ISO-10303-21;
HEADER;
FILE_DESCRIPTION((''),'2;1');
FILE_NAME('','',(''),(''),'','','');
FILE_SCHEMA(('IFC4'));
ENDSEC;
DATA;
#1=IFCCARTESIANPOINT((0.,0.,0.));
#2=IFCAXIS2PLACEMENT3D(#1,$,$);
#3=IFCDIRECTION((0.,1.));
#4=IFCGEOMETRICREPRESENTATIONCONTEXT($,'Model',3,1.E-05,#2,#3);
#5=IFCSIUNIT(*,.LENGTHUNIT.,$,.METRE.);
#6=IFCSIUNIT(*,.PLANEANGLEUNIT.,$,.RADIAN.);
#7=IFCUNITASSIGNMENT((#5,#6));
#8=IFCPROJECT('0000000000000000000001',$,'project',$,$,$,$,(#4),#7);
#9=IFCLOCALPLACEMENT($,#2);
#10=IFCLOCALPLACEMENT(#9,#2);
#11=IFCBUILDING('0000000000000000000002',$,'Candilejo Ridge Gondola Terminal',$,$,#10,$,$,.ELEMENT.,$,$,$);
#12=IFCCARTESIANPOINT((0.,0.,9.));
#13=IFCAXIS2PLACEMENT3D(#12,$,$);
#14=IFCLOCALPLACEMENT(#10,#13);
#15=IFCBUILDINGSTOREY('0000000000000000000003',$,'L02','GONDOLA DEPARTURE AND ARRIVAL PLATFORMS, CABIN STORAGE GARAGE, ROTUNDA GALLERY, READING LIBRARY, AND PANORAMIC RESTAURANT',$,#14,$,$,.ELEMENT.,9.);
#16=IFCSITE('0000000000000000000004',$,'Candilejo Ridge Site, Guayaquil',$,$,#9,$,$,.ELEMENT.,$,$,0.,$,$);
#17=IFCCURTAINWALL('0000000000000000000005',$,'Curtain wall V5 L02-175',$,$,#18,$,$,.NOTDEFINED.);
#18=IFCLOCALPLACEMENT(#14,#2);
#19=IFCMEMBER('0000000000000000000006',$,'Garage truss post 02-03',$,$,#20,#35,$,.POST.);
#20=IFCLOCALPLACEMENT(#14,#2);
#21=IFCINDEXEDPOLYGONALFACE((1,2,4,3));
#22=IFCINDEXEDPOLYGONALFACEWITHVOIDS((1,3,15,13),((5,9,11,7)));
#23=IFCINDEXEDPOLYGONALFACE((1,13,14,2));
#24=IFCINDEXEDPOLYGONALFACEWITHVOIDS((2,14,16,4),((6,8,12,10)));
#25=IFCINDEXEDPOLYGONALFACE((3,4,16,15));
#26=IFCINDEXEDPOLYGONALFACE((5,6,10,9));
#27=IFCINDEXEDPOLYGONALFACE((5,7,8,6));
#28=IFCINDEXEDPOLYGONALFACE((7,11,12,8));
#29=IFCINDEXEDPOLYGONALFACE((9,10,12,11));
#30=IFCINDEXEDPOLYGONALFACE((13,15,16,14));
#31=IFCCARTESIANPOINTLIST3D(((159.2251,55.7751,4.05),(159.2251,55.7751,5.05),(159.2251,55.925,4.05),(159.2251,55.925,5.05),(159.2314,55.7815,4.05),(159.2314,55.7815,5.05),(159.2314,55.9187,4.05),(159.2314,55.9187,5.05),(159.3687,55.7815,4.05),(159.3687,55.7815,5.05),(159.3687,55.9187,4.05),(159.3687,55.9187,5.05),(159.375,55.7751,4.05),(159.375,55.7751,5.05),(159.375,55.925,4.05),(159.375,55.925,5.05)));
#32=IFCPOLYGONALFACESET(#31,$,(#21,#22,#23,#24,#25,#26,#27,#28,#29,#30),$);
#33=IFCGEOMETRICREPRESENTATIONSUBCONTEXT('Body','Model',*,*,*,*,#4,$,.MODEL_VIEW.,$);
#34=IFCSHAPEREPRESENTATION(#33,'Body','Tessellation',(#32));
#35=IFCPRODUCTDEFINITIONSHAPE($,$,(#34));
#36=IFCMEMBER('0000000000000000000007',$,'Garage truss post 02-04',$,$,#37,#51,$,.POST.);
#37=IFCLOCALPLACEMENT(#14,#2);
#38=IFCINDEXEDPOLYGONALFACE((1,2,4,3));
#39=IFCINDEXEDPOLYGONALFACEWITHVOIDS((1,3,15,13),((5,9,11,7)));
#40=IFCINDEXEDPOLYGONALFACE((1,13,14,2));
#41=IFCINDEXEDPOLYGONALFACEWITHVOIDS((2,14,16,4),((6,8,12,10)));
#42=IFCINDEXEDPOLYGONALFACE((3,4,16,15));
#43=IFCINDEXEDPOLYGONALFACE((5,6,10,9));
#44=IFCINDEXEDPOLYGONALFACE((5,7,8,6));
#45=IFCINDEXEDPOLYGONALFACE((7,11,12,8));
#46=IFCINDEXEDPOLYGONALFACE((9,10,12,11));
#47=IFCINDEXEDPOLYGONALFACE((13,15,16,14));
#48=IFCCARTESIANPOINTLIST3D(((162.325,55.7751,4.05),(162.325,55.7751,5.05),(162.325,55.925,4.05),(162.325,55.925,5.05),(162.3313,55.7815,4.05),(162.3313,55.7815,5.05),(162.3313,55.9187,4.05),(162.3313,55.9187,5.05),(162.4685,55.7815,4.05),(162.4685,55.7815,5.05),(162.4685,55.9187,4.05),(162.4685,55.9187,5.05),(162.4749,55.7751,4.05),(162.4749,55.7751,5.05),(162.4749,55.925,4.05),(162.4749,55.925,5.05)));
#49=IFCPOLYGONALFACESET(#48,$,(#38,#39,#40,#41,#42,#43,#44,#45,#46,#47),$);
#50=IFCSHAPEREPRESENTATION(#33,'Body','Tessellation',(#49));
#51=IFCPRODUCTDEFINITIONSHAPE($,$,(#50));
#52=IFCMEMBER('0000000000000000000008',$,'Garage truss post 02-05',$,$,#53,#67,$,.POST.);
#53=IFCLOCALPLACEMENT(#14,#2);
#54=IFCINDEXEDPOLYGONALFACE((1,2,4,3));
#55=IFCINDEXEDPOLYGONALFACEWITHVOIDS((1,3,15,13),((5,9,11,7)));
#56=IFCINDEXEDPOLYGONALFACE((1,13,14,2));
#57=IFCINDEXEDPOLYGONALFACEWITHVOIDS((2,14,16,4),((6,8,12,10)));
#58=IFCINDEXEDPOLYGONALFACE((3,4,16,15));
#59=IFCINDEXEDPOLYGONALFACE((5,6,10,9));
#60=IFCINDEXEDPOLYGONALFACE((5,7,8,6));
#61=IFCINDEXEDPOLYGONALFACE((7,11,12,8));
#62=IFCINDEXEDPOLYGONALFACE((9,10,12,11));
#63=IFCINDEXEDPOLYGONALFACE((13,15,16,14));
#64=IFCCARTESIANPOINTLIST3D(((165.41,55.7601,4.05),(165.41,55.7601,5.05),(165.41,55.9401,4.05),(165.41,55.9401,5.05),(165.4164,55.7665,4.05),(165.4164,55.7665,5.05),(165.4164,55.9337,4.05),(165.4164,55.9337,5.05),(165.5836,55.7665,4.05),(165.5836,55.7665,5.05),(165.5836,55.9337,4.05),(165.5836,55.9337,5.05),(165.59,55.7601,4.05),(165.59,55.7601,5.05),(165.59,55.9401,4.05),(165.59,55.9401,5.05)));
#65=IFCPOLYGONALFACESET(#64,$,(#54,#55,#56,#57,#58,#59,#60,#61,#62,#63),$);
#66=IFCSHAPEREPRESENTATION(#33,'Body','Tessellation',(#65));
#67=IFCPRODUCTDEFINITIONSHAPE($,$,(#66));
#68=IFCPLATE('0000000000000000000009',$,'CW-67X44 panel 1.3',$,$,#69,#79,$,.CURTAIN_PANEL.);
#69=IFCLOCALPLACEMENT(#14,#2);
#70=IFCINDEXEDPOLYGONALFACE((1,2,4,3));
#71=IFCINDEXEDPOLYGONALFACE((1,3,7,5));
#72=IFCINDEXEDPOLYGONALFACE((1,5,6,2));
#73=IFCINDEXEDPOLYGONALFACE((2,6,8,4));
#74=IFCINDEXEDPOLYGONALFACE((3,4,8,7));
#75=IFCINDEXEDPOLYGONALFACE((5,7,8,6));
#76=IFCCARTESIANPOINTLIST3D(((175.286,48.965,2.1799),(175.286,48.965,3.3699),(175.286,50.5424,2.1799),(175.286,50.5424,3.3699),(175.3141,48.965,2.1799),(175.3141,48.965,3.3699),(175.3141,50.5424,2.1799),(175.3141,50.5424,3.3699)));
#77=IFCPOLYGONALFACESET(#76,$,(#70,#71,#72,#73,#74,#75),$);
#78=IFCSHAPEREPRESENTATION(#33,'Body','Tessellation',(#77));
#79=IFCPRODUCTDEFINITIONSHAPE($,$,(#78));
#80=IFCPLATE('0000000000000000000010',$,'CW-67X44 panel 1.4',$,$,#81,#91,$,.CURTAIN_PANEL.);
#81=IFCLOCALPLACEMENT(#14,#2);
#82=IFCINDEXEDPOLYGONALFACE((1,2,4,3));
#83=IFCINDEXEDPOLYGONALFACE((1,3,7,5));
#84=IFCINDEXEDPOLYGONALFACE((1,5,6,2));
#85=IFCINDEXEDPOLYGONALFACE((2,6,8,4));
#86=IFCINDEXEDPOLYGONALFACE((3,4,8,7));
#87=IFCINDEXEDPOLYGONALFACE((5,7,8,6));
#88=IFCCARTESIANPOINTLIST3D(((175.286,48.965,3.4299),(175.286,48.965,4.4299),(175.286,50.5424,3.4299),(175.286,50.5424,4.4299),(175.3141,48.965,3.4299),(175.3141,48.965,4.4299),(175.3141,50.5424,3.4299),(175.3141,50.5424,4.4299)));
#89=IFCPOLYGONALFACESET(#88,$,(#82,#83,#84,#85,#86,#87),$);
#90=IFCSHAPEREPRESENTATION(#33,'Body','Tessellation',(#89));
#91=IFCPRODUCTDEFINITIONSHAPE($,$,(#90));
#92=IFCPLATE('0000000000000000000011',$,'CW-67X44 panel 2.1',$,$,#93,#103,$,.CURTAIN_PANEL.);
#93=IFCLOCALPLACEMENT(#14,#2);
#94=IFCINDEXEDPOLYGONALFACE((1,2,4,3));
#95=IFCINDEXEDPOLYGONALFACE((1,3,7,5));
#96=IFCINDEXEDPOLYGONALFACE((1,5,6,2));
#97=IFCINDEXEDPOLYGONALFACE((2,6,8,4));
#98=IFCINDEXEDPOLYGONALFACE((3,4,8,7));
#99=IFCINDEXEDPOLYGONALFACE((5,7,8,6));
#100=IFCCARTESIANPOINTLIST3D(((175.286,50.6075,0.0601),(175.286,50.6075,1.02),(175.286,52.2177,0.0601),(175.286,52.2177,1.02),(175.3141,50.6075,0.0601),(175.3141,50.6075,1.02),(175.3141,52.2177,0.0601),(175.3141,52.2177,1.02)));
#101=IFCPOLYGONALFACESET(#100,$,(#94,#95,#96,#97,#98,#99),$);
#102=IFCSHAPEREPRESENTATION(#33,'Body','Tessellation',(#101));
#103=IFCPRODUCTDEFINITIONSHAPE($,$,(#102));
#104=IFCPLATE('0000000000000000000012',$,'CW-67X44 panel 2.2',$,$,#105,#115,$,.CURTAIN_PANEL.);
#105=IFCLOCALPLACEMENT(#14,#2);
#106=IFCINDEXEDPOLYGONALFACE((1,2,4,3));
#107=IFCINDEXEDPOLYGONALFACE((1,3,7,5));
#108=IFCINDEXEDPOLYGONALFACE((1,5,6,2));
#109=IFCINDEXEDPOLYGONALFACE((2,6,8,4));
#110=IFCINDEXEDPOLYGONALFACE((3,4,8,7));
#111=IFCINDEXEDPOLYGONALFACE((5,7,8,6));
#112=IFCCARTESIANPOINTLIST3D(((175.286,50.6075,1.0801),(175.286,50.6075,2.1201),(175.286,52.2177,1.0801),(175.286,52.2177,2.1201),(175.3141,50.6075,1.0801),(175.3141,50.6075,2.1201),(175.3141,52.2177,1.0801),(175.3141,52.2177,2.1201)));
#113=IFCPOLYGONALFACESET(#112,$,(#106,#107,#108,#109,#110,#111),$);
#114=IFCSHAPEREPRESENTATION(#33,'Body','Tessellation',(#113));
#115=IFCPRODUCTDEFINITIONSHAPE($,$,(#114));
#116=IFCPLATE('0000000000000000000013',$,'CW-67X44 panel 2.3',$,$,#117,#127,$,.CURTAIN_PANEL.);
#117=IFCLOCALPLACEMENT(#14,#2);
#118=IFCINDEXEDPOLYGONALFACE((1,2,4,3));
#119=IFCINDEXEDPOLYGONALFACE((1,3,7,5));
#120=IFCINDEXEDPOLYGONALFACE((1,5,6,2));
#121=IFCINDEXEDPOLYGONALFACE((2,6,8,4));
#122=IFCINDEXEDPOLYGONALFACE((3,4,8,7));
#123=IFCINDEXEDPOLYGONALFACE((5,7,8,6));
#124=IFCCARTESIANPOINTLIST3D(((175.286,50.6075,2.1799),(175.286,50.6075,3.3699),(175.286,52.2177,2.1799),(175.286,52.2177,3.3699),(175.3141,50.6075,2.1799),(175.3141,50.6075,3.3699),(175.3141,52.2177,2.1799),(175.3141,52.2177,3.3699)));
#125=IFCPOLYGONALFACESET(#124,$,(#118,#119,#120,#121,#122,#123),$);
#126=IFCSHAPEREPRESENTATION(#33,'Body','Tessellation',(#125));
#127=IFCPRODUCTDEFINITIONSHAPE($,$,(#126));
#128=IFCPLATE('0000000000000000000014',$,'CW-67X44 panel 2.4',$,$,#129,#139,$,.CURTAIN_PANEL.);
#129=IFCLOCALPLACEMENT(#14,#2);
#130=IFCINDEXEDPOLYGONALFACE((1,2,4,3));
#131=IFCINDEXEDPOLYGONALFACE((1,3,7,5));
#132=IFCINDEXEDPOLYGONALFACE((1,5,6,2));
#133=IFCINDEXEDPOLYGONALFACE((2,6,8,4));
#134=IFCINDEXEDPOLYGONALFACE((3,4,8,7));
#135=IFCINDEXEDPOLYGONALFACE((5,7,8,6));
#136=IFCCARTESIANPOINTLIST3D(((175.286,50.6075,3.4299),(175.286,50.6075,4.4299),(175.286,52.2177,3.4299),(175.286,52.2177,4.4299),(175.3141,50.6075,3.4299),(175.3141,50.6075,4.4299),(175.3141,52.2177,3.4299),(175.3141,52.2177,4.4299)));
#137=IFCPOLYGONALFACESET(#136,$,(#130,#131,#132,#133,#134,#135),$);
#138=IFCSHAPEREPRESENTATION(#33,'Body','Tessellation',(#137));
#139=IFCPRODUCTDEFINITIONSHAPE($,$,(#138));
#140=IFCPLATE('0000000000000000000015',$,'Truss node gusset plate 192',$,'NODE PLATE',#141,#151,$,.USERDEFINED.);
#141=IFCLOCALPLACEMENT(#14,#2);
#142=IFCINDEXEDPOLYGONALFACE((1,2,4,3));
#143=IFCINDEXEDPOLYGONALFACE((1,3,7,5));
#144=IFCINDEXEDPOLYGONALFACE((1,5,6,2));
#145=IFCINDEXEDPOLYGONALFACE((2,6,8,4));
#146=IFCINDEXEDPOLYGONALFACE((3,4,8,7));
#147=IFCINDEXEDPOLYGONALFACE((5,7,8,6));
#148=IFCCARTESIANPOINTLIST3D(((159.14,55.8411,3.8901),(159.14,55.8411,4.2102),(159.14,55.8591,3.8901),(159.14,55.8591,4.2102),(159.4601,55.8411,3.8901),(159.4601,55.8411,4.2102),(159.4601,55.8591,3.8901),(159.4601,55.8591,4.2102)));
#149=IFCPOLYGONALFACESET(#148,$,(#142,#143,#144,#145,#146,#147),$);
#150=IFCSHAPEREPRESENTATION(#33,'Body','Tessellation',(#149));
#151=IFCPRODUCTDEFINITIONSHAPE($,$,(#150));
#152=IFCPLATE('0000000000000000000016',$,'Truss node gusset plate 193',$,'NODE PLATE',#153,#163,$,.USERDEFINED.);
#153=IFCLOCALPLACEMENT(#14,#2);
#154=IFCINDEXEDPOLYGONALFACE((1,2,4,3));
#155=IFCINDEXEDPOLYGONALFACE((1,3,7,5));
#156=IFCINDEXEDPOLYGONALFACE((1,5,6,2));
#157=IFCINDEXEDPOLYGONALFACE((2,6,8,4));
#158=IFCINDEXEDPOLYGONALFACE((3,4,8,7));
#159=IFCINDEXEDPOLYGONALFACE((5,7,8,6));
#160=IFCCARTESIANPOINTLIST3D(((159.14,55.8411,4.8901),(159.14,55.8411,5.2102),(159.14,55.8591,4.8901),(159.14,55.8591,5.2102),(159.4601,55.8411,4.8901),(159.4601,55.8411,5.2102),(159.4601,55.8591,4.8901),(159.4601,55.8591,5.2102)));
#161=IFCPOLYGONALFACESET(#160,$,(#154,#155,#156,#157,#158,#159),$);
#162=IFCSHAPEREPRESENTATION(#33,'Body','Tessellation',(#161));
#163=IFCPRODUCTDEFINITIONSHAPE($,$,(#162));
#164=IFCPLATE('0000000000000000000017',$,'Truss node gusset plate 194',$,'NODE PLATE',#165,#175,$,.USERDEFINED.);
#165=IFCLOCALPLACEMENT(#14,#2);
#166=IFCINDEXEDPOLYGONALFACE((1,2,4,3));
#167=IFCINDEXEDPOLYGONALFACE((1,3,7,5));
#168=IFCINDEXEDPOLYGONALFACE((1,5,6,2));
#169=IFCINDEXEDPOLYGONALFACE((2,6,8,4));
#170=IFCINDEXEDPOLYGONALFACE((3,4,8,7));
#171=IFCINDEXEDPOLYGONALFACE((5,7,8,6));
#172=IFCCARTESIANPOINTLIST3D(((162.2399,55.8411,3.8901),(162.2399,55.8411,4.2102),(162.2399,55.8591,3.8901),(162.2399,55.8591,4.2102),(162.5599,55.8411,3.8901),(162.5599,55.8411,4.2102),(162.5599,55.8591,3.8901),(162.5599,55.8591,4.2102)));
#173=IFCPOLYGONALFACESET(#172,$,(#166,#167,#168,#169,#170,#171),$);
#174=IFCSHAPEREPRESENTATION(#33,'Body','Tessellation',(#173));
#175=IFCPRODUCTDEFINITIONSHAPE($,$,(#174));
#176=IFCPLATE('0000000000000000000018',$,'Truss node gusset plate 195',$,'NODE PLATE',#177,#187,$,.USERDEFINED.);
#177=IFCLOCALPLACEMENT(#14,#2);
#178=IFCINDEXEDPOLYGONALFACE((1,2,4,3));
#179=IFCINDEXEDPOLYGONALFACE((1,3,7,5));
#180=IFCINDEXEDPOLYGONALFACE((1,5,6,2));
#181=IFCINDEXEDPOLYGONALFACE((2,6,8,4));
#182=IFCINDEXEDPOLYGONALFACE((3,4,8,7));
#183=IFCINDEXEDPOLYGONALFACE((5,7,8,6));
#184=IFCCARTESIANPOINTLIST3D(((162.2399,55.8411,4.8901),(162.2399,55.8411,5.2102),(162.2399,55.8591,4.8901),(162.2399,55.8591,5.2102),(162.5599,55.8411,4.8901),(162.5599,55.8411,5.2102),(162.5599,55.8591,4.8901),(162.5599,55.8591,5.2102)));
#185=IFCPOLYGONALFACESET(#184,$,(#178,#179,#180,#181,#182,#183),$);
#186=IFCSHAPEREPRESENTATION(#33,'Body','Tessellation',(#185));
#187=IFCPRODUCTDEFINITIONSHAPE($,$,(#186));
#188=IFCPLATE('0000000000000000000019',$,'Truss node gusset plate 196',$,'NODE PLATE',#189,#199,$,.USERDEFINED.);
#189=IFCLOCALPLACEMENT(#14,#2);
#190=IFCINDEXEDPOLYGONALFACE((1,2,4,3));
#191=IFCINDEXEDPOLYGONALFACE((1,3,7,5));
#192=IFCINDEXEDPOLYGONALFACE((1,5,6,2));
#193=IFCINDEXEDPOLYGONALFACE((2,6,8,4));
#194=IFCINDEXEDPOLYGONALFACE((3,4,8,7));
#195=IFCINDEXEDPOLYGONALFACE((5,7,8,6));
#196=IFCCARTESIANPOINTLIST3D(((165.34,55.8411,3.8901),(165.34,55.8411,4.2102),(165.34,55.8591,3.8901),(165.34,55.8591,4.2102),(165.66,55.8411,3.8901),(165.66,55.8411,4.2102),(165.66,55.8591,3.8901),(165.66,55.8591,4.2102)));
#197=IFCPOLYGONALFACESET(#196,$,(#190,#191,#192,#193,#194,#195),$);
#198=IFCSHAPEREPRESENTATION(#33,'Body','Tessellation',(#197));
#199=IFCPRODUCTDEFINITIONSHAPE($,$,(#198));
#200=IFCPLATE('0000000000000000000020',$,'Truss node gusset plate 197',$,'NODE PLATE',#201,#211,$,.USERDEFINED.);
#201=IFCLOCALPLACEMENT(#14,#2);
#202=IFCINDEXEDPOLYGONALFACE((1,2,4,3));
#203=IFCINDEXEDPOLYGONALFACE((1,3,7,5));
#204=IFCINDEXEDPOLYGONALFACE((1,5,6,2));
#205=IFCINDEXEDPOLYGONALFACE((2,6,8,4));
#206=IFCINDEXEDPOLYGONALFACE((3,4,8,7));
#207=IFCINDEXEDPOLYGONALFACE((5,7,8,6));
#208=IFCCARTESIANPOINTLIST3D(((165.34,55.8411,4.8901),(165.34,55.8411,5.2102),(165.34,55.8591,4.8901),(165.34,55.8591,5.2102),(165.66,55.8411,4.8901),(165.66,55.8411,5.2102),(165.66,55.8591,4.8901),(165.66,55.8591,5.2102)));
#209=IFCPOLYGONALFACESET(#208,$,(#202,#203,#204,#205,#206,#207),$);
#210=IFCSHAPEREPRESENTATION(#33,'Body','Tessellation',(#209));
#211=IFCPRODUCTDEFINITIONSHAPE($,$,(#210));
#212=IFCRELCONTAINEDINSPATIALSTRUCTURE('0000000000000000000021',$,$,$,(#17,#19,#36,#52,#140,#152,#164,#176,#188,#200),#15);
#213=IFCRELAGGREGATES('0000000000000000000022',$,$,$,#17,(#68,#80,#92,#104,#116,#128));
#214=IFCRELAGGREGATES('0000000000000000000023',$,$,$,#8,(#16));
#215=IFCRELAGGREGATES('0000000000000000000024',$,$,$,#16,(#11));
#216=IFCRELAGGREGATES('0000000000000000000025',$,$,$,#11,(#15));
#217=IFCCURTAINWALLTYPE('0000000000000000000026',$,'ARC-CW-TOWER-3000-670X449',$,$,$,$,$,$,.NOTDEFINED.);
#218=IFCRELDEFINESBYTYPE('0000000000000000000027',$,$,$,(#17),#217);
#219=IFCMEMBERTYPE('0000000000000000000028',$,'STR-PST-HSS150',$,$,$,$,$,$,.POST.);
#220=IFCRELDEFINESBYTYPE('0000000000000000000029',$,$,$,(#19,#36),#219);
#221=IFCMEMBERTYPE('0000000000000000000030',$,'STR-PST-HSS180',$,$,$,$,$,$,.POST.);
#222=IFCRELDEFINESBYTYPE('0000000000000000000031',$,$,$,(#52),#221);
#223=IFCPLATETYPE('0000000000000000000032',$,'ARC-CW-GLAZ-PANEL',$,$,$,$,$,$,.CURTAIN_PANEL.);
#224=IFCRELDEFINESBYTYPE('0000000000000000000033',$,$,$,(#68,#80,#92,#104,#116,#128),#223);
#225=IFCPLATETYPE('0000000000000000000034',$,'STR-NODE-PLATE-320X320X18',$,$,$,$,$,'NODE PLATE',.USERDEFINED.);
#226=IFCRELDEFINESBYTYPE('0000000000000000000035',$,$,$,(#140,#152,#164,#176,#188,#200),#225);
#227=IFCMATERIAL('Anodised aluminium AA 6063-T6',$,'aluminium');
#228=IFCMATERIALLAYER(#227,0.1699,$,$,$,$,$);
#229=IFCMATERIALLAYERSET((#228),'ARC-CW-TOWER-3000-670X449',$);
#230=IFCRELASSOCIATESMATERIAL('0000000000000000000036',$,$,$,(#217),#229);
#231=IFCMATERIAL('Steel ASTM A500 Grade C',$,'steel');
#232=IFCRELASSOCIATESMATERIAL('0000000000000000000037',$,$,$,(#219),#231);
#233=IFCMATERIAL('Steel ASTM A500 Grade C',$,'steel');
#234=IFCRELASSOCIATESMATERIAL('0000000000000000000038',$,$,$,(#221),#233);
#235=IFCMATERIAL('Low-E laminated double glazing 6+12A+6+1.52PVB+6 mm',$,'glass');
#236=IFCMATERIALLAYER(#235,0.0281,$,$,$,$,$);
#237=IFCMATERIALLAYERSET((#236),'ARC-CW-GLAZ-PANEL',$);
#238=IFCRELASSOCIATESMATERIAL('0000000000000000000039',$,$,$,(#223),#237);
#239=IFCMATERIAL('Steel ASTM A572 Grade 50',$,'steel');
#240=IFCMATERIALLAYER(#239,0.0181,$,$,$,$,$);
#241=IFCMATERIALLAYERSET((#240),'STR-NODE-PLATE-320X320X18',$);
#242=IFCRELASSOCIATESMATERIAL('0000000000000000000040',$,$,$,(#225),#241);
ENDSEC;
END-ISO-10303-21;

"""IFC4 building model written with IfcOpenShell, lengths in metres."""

from ifc_helpers import new_model, si_unit, direction, frame, origin, origin_2d, place, context, subcontext, project, spatial, rectangle, hollow_rectangle, extrude, material, layer, layer_set, material_profile, profile_set, type_object, element, aggregate, save


model = new_model("IFC4")

# Units and contexts
model_context = context("Model", 3, precision=1e-05, world=origin(), true_north=direction((0.0, 1.0)))
body_context = subcontext(model_context, "Body", "Model", "MODEL_VIEW")
ifc_project = project(units=[si_unit("LENGTHUNIT", "METRE"), si_unit("PLANEANGLEUNIT", "RADIAN")], contexts=[model_context])

# Site, building, storey
site_placement = place(None, origin())
site = spatial("IfcSite", under=ifc_project, at=site_placement, Name="Candilejo Ridge Site, Guayaquil", CompositionType="ELEMENT", RefElevation=0.0)
building_placement = place(site_placement, origin())
building = spatial("IfcBuilding", under=site, at=building_placement, Name="Candilejo Ridge Gondola Terminal", CompositionType="ELEMENT")
storey_placement = place(building_placement, frame((0.0, 0.0, 9.0)))
storey = spatial("IfcBuildingStorey", under=building, at=storey_placement, Name="L02", Description="GONDOLA DEPARTURE AND ARRIVAL PLATFORMS, CABIN STORAGE GARAGE, ROTUNDA GALLERY, READING LIBRARY, AND PANORAMIC RESTAURANT", CompositionType="ELEMENT", Elevation=9.0)

# Curtain wall
ifc_material_1 = material(Name="Anodised aluminium AA 6063-T6", Category="aluminium")
ifc_layer_1 = layer(ifc_material_1, 0.1699)
ifc_layer_set_1 = layer_set([ifc_layer_1], Name="ARC-CW-TOWER-3000-670X449")
curtain_wall_type = type_object("IfcCurtainWallType", Name="ARC-CW-TOWER-3000-670X449", PredefinedType="NOTDEFINED", material=ifc_layer_set_1)
curtain_wall_placement = place(storey_placement, origin())
curtain_wall = element("IfcCurtainWall", 1, at=curtain_wall_placement, inside=storey, type_object=curtain_wall_type, Name="Curtain wall V5 L02-175", PredefinedType="NOTDEFINED")

# Members
ifc_material_2 = material(Name="Steel ASTM A500 Grade C", Category="steel")
ifc_material_profile_1 = material_profile(ifc_material_2, hollow_rectangle(XDim=0.1499, YDim=0.1499, WallThickness=0.0063, at=origin_2d()))
ifc_profile_set_1 = profile_set([ifc_material_profile_1], Name="Steel ASTM A500 Grade C")
member_type_1 = type_object("IfcMemberType", Name="STR-PST-HSS150", PredefinedType="POST", material=ifc_profile_set_1)
for number, where, z_axis, x_axis, name in (
    (2, (159.3, 55.8501, 4.05), (0.0, 0.0, 1.0), (1.0, 0.0, 0.0), "Garage truss post 02-03"),
    (3, (162.3999, 55.8501, 4.05), (0.0, 0.0, 1.0), (1.0, 0.0, 0.0), "Garage truss post 02-04"),
):
    element("IfcMember", number, at=place(storey_placement, frame(where, z_axis=z_axis, x_axis=x_axis)), inside=storey, type_object=member_type_1, Name=name, PredefinedType="POST", context=body_context, shape_type="SweptSolid", body=[
        extrude(hollow_rectangle(XDim=0.1499, YDim=0.1499, WallThickness=0.0063, at=origin_2d()), origin(), (0.0, 0.0, 1.0), 1.0),
    ])
ifc_material_3 = material(Name="Steel ASTM A500 Grade C", Category="steel")
ifc_material_profile_2 = material_profile(ifc_material_3, hollow_rectangle(XDim=0.1799, YDim=0.1799, WallThickness=0.0063, at=origin_2d()))
ifc_profile_set_2 = profile_set([ifc_material_profile_2], Name="Steel ASTM A500 Grade C")
member_type_2 = type_object("IfcMemberType", Name="STR-PST-HSS180", PredefinedType="POST", material=ifc_profile_set_2)
member_1_placement = place(storey_placement, frame((165.5, 55.8501, 4.05), z_axis=(0.0, 0.0, 1.0), x_axis=(1.0, 0.0, 0.0)))
element("IfcMember", 4, at=member_1_placement, inside=storey, type_object=member_type_2, Name="Garage truss post 02-05", PredefinedType="POST", context=body_context, shape_type="SweptSolid", body=[
    extrude(hollow_rectangle(XDim=0.1799, YDim=0.1799, WallThickness=0.0063, at=origin_2d()), origin(), (0.0, 0.0, 1.0), 1.0),
])

# Plates
ifc_material_4 = material(Name="Low-E laminated double glazing 6+12A+6+1.52PVB+6 mm", Category="glass")
ifc_layer_2 = layer(ifc_material_4, 0.0281)
ifc_layer_set_2 = layer_set([ifc_layer_2], Name="ARC-CW-GLAZ-PANEL")
plate_type_1 = type_object("IfcPlateType", Name="ARC-CW-GLAZ-PANEL", PredefinedType="CURTAIN_PANEL", material=ifc_layer_set_2)
plate_1_placement = place(storey_placement, frame((175.3, 49.7537, 2.1799), z_axis=(0.0, 0.0, 1.0), x_axis=(0.0, 1.0, 0.0)))
plate_1 = element("IfcPlate", 5, at=plate_1_placement, type_object=plate_type_1, Name="CW-67X44 panel 1.3", PredefinedType="CURTAIN_PANEL", context=body_context, shape_type="SweptSolid", body=[
    extrude(rectangle(XDim=1.5774, YDim=0.0281, at=origin_2d()), origin(), (0.0, 0.0, 1.0), 1.1899),
])
plate_2_placement = place(storey_placement, frame((175.3, 49.7537, 3.4299), z_axis=(0.0, 0.0, 1.0), x_axis=(0.0, 1.0, 0.0)))
plate_2 = element("IfcPlate", 6, at=plate_2_placement, type_object=plate_type_1, Name="CW-67X44 panel 1.4", PredefinedType="CURTAIN_PANEL", context=body_context, shape_type="SweptSolid", body=[
    extrude(rectangle(XDim=1.5774, YDim=0.0281, at=origin_2d()), origin(), (0.0, 0.0, 1.0), 1.0),
])
plate_3_placement = place(storey_placement, frame((175.3, 51.4126, 0.0601), z_axis=(0.0, 0.0, 1.0), x_axis=(0.0, 1.0, 0.0)))
plate_3 = element("IfcPlate", 7, at=plate_3_placement, type_object=plate_type_1, Name="CW-67X44 panel 2.1", PredefinedType="CURTAIN_PANEL", context=body_context, shape_type="SweptSolid", body=[
    extrude(rectangle(XDim=1.6101, YDim=0.0281, at=origin_2d()), origin(), (0.0, 0.0, 1.0), 0.96),
])
plate_4_placement = place(storey_placement, frame((175.3, 51.4126, 1.0801), z_axis=(0.0, 0.0, 1.0), x_axis=(0.0, 1.0, 0.0)))
plate_4 = element("IfcPlate", 8, at=plate_4_placement, type_object=plate_type_1, Name="CW-67X44 panel 2.2", PredefinedType="CURTAIN_PANEL", context=body_context, shape_type="SweptSolid", body=[
    extrude(rectangle(XDim=1.6101, YDim=0.0281, at=origin_2d()), origin(), (0.0, 0.0, 1.0), 1.04),
])
plate_5_placement = place(storey_placement, frame((175.3, 51.4126, 2.1799), z_axis=(0.0, 0.0, 1.0), x_axis=(0.0, 1.0, 0.0)))
plate_5 = element("IfcPlate", 9, at=plate_5_placement, type_object=plate_type_1, Name="CW-67X44 panel 2.3", PredefinedType="CURTAIN_PANEL", context=body_context, shape_type="SweptSolid", body=[
    extrude(rectangle(XDim=1.6101, YDim=0.0281, at=origin_2d()), origin(), (0.0, 0.0, 1.0), 1.1899),
])
plate_6_placement = place(storey_placement, frame((175.3, 51.4126, 3.4299), z_axis=(0.0, 0.0, 1.0), x_axis=(0.0, 1.0, 0.0)))
plate_6 = element("IfcPlate", 10, at=plate_6_placement, type_object=plate_type_1, Name="CW-67X44 panel 2.4", PredefinedType="CURTAIN_PANEL", context=body_context, shape_type="SweptSolid", body=[
    extrude(rectangle(XDim=1.6101, YDim=0.0281, at=origin_2d()), origin(), (0.0, 0.0, 1.0), 1.0),
])
aggregate(curtain_wall, [plate_1, plate_2, plate_3, plate_4, plate_5, plate_6])

# Plates
ifc_material_5 = material(Name="Steel ASTM A572 Grade 50", Category="steel")
ifc_layer_3 = layer(ifc_material_5, 0.0181)
ifc_layer_set_3 = layer_set([ifc_layer_3], Name="STR-NODE-PLATE-320X320X18")
plate_type_2 = type_object("IfcPlateType", Name="STR-NODE-PLATE-320X320X18", ElementType="NODE PLATE", PredefinedType="USERDEFINED", material=ifc_layer_set_3)
for number, where, z_axis, x_axis, name in (
    (11, (159.3, 55.8501, 3.8901), (0.0, 0.0, 1.0), (1.0, 0.0, 0.0), "Truss node gusset plate 192"),
    (12, (159.3, 55.8501, 4.8901), (0.0, 0.0, 1.0), (1.0, 0.0, 0.0), "Truss node gusset plate 193"),
    (13, (162.3999, 55.8501, 3.8901), (0.0, 0.0, 1.0), (1.0, 0.0, 0.0), "Truss node gusset plate 194"),
    (14, (162.3999, 55.8501, 4.8901), (0.0, 0.0, 1.0), (1.0, 0.0, 0.0), "Truss node gusset plate 195"),
    (15, (165.5, 55.8501, 3.8901), (0.0, 0.0, 1.0), (1.0, 0.0, 0.0), "Truss node gusset plate 196"),
    (16, (165.5, 55.8501, 4.8901), (0.0, 0.0, 1.0), (1.0, 0.0, 0.0), "Truss node gusset plate 197"),
):
    element("IfcPlate", number, at=place(storey_placement, frame(where, z_axis=z_axis, x_axis=x_axis)), inside=storey, type_object=plate_type_2, Name=name, ObjectType="NODE PLATE", PredefinedType="USERDEFINED", context=body_context, shape_type="SweptSolid", body=[
        extrude(rectangle(XDim=0.3201, YDim=0.0181, at=origin_2d()), origin(), (0.0, 0.0, 1.0), 0.3201),
    ])

save(model, "model.ifc")
